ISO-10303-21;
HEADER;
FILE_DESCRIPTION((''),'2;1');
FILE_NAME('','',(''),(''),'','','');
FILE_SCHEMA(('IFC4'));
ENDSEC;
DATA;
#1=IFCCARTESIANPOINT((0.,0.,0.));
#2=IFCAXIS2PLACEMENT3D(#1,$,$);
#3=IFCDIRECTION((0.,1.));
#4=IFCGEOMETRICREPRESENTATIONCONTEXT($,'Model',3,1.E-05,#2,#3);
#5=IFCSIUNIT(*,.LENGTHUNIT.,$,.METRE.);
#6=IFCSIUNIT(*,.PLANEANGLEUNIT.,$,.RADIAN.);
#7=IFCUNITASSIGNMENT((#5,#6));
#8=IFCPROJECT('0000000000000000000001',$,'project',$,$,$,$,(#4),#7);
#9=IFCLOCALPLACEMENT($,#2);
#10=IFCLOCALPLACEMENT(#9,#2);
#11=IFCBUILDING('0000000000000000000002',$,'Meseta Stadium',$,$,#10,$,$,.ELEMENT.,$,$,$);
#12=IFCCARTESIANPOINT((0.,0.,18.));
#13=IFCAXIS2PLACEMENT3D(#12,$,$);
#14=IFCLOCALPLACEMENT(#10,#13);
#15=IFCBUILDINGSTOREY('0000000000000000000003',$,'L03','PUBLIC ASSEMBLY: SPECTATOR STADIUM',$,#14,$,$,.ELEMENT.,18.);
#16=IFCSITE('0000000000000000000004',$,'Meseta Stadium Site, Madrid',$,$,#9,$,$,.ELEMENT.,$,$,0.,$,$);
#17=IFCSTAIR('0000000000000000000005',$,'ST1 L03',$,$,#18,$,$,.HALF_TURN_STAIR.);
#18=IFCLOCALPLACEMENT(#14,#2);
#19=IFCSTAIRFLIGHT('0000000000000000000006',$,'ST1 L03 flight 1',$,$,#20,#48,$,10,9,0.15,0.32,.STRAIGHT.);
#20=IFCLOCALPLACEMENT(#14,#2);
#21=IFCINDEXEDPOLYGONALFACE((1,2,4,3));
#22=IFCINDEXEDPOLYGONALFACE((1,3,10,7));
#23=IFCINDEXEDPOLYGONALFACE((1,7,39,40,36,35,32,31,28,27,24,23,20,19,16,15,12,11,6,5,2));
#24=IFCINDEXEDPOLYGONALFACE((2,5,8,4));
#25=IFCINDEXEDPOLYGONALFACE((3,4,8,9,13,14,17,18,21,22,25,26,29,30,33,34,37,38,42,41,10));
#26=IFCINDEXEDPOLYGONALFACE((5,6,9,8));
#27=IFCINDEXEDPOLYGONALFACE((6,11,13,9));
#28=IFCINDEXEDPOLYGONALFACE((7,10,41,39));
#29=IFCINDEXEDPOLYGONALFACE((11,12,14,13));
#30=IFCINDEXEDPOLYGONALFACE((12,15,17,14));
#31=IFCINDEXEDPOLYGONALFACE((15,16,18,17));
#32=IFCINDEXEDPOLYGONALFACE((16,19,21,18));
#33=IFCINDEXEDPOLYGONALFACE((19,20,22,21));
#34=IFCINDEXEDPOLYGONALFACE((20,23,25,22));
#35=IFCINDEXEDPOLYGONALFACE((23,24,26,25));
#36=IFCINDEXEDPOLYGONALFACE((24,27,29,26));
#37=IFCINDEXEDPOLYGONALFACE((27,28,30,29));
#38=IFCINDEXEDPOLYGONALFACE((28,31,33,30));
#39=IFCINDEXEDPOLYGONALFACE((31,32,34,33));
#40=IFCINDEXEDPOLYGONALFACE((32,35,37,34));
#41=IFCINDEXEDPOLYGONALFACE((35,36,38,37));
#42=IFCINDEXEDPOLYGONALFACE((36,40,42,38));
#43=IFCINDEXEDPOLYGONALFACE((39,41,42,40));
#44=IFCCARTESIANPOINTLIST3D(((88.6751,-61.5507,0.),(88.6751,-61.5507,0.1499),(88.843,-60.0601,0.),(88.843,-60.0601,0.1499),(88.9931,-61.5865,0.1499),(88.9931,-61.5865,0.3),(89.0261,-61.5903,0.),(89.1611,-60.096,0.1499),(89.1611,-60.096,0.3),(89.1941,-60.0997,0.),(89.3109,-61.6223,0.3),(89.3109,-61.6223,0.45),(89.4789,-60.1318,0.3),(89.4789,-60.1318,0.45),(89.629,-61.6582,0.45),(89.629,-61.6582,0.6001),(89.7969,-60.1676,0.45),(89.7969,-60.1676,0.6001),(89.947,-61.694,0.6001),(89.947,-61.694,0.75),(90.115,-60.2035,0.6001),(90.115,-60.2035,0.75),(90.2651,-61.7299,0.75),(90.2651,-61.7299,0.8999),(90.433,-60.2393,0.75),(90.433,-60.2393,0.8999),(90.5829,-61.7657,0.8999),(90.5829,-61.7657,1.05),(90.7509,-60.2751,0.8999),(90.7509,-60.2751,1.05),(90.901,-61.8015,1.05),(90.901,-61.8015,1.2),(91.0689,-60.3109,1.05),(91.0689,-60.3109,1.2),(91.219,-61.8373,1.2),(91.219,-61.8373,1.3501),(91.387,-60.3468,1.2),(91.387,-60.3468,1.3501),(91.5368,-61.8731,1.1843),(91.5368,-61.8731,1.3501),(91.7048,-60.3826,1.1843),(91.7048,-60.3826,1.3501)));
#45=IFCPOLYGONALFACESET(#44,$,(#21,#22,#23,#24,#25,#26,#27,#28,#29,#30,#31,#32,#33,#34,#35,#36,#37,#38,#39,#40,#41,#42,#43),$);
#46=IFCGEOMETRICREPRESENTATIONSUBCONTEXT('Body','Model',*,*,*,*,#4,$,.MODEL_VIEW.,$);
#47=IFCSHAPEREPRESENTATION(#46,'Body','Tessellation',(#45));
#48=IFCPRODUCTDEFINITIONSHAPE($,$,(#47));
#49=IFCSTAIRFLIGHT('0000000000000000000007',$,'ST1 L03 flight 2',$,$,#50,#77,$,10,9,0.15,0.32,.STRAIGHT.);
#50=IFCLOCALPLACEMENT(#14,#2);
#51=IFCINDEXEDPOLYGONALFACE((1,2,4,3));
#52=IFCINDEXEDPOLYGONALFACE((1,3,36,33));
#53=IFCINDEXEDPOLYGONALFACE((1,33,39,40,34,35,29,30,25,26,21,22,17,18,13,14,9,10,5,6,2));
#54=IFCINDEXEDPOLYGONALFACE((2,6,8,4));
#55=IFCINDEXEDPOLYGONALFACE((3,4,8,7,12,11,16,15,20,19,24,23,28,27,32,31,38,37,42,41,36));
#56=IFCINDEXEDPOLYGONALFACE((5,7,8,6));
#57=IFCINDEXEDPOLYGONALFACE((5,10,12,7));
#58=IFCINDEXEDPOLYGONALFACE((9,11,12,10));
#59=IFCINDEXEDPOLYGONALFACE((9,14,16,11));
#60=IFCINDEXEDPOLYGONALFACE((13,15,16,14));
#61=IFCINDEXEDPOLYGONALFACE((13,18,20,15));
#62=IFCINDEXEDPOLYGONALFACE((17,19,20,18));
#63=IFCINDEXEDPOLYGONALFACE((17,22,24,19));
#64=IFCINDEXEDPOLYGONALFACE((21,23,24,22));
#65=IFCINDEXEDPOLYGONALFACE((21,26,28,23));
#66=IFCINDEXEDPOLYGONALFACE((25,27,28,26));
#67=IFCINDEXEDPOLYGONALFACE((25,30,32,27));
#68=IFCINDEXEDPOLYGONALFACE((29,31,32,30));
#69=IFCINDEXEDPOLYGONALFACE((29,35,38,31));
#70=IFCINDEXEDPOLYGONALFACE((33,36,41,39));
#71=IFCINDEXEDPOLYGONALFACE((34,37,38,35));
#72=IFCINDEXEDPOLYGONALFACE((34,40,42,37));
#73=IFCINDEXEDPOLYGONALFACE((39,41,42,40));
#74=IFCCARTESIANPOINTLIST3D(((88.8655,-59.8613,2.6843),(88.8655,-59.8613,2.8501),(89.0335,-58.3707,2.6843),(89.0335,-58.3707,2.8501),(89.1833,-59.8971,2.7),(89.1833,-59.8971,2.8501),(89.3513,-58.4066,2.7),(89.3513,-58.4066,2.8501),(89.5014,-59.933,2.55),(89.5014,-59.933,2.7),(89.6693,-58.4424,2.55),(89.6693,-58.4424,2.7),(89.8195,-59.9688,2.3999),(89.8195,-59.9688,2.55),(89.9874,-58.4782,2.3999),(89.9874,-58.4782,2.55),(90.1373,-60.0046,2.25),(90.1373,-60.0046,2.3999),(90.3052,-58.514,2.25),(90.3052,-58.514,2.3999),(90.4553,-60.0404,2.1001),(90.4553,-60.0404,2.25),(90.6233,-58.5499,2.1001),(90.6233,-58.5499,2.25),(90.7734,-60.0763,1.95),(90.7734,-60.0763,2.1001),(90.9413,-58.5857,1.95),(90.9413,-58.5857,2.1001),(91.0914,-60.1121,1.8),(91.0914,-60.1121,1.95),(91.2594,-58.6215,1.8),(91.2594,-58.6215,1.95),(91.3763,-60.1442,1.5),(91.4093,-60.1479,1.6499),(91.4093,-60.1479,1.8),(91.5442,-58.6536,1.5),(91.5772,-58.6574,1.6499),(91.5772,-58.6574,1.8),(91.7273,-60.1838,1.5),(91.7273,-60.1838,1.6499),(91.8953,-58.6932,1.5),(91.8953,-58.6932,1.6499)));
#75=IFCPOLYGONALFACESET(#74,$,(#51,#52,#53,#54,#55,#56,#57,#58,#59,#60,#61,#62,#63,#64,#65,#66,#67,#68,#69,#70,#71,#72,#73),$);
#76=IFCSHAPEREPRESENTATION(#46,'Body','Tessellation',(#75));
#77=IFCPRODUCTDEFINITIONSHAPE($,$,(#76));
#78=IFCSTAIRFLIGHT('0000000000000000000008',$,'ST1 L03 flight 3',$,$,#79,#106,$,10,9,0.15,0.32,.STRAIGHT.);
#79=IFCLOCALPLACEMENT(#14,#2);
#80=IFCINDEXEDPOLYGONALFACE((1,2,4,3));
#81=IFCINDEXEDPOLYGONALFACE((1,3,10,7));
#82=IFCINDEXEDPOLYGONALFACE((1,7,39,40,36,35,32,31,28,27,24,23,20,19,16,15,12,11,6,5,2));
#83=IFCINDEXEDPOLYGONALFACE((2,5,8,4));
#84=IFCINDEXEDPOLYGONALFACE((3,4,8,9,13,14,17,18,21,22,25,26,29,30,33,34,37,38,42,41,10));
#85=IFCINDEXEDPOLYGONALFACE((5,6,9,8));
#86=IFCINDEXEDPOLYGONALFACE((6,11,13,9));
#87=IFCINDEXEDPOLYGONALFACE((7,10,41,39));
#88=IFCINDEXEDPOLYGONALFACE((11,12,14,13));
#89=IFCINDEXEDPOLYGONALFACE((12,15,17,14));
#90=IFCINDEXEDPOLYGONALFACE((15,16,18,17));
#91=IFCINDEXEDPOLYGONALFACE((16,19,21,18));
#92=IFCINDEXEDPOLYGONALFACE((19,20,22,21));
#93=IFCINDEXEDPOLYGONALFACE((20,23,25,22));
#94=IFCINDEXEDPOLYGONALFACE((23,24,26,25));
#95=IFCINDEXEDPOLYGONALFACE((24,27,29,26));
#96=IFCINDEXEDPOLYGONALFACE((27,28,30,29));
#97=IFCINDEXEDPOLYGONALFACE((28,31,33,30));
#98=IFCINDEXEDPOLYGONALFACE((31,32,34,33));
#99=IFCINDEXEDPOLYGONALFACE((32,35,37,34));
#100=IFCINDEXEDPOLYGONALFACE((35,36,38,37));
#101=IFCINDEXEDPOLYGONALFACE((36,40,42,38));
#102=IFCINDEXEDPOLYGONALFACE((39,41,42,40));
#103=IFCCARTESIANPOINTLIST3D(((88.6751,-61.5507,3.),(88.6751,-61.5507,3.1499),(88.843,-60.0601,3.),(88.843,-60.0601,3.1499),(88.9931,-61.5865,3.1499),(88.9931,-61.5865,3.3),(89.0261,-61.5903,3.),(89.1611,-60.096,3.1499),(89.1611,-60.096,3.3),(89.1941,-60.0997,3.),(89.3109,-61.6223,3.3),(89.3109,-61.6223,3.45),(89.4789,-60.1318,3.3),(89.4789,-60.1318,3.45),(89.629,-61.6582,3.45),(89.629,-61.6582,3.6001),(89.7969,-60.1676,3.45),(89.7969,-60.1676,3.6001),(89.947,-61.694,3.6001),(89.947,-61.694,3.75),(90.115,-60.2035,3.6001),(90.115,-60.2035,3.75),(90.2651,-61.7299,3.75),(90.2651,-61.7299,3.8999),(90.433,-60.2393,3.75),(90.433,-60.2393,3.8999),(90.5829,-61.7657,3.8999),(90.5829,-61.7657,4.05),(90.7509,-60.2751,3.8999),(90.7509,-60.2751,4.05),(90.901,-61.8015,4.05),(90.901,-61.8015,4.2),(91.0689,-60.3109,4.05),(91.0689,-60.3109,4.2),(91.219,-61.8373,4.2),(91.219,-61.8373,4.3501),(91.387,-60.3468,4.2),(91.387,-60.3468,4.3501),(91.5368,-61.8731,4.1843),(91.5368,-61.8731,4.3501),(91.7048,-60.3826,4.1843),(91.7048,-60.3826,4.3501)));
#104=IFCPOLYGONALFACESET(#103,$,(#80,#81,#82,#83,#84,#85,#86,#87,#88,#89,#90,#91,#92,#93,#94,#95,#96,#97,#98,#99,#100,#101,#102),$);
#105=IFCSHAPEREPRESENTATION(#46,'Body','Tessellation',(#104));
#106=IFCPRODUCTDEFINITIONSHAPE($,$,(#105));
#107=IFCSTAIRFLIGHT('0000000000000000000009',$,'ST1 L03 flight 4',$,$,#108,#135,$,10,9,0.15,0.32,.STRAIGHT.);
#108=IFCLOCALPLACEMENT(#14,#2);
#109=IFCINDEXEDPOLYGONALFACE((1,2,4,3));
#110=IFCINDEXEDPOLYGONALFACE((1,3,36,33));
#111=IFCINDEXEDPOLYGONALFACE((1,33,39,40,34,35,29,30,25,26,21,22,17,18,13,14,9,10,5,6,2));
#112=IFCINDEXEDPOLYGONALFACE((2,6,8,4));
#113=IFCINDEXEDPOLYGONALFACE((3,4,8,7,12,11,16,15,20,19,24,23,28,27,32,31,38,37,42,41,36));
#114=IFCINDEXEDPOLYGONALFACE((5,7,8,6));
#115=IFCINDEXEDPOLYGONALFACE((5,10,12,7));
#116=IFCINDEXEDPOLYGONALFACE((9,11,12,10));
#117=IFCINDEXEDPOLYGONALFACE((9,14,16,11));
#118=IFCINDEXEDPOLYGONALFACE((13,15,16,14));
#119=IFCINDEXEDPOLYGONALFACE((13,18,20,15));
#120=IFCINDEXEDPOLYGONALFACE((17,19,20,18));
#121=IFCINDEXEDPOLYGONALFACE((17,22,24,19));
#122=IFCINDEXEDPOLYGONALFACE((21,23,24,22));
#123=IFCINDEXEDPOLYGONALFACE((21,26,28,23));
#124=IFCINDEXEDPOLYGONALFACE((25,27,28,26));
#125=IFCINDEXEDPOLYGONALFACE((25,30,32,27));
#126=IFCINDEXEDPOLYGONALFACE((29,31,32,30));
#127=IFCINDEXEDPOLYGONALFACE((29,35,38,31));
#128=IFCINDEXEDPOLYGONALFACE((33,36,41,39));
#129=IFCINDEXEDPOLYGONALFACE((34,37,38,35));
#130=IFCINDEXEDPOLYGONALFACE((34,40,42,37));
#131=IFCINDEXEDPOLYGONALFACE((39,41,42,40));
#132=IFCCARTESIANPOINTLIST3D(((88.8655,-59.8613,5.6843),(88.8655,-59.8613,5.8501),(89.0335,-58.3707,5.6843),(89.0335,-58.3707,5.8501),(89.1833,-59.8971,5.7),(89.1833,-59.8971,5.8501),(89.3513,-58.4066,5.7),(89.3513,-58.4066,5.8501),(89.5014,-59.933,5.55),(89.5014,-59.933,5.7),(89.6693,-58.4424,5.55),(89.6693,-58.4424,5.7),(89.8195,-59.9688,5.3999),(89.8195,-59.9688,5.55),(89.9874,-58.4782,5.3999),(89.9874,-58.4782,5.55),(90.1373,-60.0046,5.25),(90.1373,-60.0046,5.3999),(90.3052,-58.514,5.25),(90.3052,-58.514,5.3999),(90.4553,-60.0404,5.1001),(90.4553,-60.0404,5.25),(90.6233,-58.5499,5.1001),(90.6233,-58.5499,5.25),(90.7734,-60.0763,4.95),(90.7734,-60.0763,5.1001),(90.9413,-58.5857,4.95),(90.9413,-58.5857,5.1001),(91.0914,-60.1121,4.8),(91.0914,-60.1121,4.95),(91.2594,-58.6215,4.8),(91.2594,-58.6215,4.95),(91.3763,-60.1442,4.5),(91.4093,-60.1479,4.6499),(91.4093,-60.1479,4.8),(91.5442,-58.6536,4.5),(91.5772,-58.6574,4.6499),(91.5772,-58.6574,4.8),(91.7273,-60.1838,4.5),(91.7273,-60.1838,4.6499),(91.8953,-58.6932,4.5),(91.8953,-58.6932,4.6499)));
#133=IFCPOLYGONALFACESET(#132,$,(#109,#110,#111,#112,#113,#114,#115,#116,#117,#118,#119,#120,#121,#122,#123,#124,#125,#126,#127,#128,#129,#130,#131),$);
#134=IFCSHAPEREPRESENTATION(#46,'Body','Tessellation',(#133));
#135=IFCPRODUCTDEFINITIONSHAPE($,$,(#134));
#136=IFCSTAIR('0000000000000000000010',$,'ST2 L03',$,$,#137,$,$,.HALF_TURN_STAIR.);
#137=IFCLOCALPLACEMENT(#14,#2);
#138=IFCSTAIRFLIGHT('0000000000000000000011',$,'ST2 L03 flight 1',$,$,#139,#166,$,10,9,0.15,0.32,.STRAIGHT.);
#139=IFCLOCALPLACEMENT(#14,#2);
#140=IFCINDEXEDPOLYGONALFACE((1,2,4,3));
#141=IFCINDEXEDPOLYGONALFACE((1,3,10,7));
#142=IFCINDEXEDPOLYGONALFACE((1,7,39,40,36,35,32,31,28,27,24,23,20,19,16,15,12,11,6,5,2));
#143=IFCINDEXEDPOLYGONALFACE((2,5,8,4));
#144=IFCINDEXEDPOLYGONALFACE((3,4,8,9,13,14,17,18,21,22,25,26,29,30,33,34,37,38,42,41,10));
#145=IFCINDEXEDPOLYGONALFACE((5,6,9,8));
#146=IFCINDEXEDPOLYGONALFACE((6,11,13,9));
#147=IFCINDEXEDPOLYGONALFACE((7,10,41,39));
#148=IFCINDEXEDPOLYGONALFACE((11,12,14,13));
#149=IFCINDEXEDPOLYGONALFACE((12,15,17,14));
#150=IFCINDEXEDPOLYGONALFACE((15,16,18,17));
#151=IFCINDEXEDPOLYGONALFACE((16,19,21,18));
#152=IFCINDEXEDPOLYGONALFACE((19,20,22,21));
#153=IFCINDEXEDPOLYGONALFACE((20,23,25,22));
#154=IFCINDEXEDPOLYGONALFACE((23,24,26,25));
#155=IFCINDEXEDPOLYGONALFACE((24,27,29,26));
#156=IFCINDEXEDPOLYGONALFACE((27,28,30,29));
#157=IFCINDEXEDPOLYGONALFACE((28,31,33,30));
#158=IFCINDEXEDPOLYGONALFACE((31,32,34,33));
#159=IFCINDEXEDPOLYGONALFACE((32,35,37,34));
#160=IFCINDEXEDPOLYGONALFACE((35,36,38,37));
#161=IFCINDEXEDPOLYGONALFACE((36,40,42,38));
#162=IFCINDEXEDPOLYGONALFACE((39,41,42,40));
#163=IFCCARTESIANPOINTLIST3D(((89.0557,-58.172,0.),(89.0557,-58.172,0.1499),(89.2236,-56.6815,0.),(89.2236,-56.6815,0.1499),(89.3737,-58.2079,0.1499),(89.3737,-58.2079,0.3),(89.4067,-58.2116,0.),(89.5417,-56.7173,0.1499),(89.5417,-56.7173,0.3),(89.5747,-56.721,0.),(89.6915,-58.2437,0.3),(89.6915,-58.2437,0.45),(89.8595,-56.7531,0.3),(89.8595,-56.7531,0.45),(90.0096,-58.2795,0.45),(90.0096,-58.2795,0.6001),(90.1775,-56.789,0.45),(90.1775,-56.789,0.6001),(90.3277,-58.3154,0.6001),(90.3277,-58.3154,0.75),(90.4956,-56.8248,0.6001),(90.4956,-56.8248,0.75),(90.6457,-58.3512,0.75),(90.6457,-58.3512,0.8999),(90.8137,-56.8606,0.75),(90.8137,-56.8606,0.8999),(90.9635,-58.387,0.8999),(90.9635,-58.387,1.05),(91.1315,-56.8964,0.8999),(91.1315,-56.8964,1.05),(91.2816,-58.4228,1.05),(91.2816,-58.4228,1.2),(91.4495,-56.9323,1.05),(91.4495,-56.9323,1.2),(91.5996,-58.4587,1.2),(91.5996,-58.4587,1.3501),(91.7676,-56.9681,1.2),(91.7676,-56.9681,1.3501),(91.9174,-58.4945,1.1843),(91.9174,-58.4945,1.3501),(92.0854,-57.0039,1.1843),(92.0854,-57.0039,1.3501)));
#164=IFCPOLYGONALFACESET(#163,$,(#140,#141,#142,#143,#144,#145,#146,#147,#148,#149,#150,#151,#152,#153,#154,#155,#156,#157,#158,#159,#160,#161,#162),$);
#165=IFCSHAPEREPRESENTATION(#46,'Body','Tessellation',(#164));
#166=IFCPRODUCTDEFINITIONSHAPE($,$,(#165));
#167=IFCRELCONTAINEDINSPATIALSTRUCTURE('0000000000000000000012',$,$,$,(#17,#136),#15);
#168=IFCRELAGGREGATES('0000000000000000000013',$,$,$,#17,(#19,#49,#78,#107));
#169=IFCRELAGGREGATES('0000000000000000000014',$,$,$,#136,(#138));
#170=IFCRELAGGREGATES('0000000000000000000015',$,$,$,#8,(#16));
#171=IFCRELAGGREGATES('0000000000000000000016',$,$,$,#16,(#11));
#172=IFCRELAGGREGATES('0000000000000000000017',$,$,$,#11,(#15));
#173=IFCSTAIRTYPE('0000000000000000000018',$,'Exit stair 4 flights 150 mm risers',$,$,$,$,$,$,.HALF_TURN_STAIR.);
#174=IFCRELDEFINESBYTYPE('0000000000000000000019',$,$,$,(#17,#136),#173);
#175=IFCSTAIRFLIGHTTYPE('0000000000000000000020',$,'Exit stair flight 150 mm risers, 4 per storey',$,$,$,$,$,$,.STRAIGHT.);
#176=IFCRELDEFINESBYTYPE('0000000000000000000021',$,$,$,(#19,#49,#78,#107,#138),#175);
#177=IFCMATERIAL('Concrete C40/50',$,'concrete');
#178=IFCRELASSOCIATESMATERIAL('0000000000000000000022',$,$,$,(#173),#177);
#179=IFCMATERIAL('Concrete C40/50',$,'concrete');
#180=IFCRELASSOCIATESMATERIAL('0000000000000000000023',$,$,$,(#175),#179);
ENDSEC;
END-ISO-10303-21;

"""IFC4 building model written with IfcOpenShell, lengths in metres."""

from ifc_helpers import new_model, si_unit, direction, frame, origin, place, context, subcontext, project, spatial, polyline, outline, extrude, material, type_object, element, aggregate, save


model = new_model("IFC4")

# Units and contexts
model_context = context("Model", 3, precision=1e-05, world=origin(), true_north=direction((0.0, 1.0)))
body_context = subcontext(model_context, "Body", "Model", "MODEL_VIEW")
ifc_project = project(units=[si_unit("LENGTHUNIT", "METRE"), si_unit("PLANEANGLEUNIT", "RADIAN")], contexts=[model_context])

# Site, building, storey
site_placement = place(None, origin())
site = spatial("IfcSite", under=ifc_project, at=site_placement, Name="Meseta Stadium Site, Madrid", CompositionType="ELEMENT", RefElevation=0.0)
building_placement = place(site_placement, origin())
building = spatial("IfcBuilding", under=site, at=building_placement, Name="Meseta Stadium", CompositionType="ELEMENT")
storey_placement = place(building_placement, frame((0.0, 0.0, 18.0)))
storey = spatial("IfcBuildingStorey", under=building, at=storey_placement, Name="L03", Description="PUBLIC ASSEMBLY: SPECTATOR STADIUM", CompositionType="ELEMENT", Elevation=18.0)

# Stair, stair flights
ifc_material_1 = material(Name="Concrete C40/50", Category="concrete")
stair_type = type_object("IfcStairType", Name="Exit stair 4 flights 150 mm risers", PredefinedType="HALF_TURN_STAIR", material=ifc_material_1)
stair_1_placement = place(storey_placement, origin())
stair_1 = element("IfcStair", 1, at=stair_1_placement, inside=storey, type_object=stair_type, Name="ST1 L03", PredefinedType="HALF_TURN_STAIR")
ifc_material_2 = material(Name="Concrete C40/50", Category="concrete")
stair_flight_type = type_object("IfcStairFlightType", Name="Exit stair flight 150 mm risers, 4 per storey", PredefinedType="STRAIGHT", material=ifc_material_2)
stair_flight_1_placement = place(storey_placement, frame((88.759, -60.8054, 0.0), z_axis=(0.0, 0.0, 1.0), x_axis=(0.993712, -0.111964, 0.0)))
stair_flight_1 = element("IfcStairFlight", 2, at=stair_flight_1_placement, type_object=stair_flight_type, Name="ST1 L03 flight 1", NumberOfRisers=10, NumberOfTreads=9, PredefinedType="STRAIGHT", RiserHeight=0.15, TreadLength=0.32, context=body_context, shape_type="SweptSolid", body=[
    extrude(outline(polyline([(0.0, 0.0), (0.0, 0.1499), (0.3201, 0.1499), (0.3201, 0.3), (0.6399, 0.3), (0.6399, 0.45), (0.96, 0.45), (0.96, 0.6001), (1.28, 0.6001), (1.28, 0.75), (1.6001, 0.75), (1.6001, 0.8999), (1.9199, 0.8999), (1.9199, 1.05), (2.24, 1.05), (2.24, 1.2), (2.5601, 1.2), (2.5601, 1.3501), (2.8799, 1.3501), (2.8799, 1.1843), (0.3533, 0.0), (0.0, 0.0)])), frame((0.0, 0.75, 0.0), z_axis=(0.0, -1.0, 0.0), x_axis=(1.0, 0.0, 0.0)), (0.0, 0.0, 1.0), 1.5),
])
stair_flight_2_placement = place(storey_placement, frame((91.8113, -59.4385, 1.5), z_axis=(0.0, 0.0, 1.0), x_axis=(-0.993712, 0.111964, 0.0)))
stair_flight_2 = element("IfcStairFlight", 3, at=stair_flight_2_placement, type_object=stair_flight_type, Name="ST1 L03 flight 2", NumberOfRisers=10, NumberOfTreads=9, PredefinedType="STRAIGHT", RiserHeight=0.15, TreadLength=0.32, context=body_context, shape_type="SweptSolid", body=[
    extrude(outline(polyline([(0.0, 0.0), (0.0, 0.1499), (0.3201, 0.1499), (0.3201, 0.3), (0.6399, 0.3), (0.6399, 0.45), (0.96, 0.45), (0.96, 0.6001), (1.28, 0.6001), (1.28, 0.75), (1.6001, 0.75), (1.6001, 0.8999), (1.9199, 0.8999), (1.9199, 1.05), (2.24, 1.05), (2.24, 1.2), (2.5601, 1.2), (2.5601, 1.3501), (2.8799, 1.3501), (2.8799, 1.1843), (0.3533, 0.0), (0.0, 0.0)])), frame((0.0, 0.75, 0.0), z_axis=(0.0, -1.0, 0.0), x_axis=(1.0, 0.0, 0.0)), (0.0, 0.0, 1.0), 1.5),
])
stair_flight_3_placement = place(storey_placement, frame((88.759, -60.8054, 3.0), z_axis=(0.0, 0.0, 1.0), x_axis=(0.993712, -0.111964, 0.0)))
stair_flight_3 = element("IfcStairFlight", 4, at=stair_flight_3_placement, type_object=stair_flight_type, Name="ST1 L03 flight 3", NumberOfRisers=10, NumberOfTreads=9, PredefinedType="STRAIGHT", RiserHeight=0.15, TreadLength=0.32, context=body_context, shape_type="SweptSolid", body=[
    extrude(outline(polyline([(0.0, 0.0), (0.0, 0.1499), (0.3201, 0.1499), (0.3201, 0.3), (0.6399, 0.3), (0.6399, 0.45), (0.96, 0.45), (0.96, 0.6001), (1.28, 0.6001), (1.28, 0.75), (1.6001, 0.75), (1.6001, 0.8999), (1.9199, 0.8999), (1.9199, 1.05), (2.24, 1.05), (2.24, 1.2), (2.5601, 1.2), (2.5601, 1.3501), (2.8799, 1.3501), (2.8799, 1.1843), (0.3533, 0.0), (0.0, 0.0)])), frame((0.0, 0.75, 0.0), z_axis=(0.0, -1.0, 0.0), x_axis=(1.0, 0.0, 0.0)), (0.0, 0.0, 1.0), 1.5),
])
stair_flight_4_placement = place(storey_placement, frame((91.8113, -59.4385, 4.5), z_axis=(0.0, 0.0, 1.0), x_axis=(-0.993712, 0.111964, 0.0)))
stair_flight_4 = element("IfcStairFlight", 5, at=stair_flight_4_placement, type_object=stair_flight_type, Name="ST1 L03 flight 4", NumberOfRisers=10, NumberOfTreads=9, PredefinedType="STRAIGHT", RiserHeight=0.15, TreadLength=0.32, context=body_context, shape_type="SweptSolid", body=[
    extrude(outline(polyline([(0.0, 0.0), (0.0, 0.1499), (0.3201, 0.1499), (0.3201, 0.3), (0.6399, 0.3), (0.6399, 0.45), (0.96, 0.45), (0.96, 0.6001), (1.28, 0.6001), (1.28, 0.75), (1.6001, 0.75), (1.6001, 0.8999), (1.9199, 0.8999), (1.9199, 1.05), (2.24, 1.05), (2.24, 1.2), (2.5601, 1.2), (2.5601, 1.3501), (2.8799, 1.3501), (2.8799, 1.1843), (0.3533, 0.0), (0.0, 0.0)])), frame((0.0, 0.75, 0.0), z_axis=(0.0, -1.0, 0.0), x_axis=(1.0, 0.0, 0.0)), (0.0, 0.0, 1.0), 1.5),
])
aggregate(stair_1, [stair_flight_1, stair_flight_2, stair_flight_3, stair_flight_4])

# Stair, stair flight
stair_2_placement = place(storey_placement, origin())
stair_2 = element("IfcStair", 6, at=stair_2_placement, inside=storey, type_object=stair_type, Name="ST2 L03", PredefinedType="HALF_TURN_STAIR")
stair_flight_5_placement = place(storey_placement, frame((89.1396, -57.4268, 0.0), z_axis=(0.0, 0.0, 1.0), x_axis=(0.993712, -0.111964, 0.0)))
stair_flight_5 = element("IfcStairFlight", 7, at=stair_flight_5_placement, type_object=stair_flight_type, Name="ST2 L03 flight 1", NumberOfRisers=10, NumberOfTreads=9, PredefinedType="STRAIGHT", RiserHeight=0.15, TreadLength=0.32, context=body_context, shape_type="SweptSolid", body=[
    extrude(outline(polyline([(0.0, 0.0), (0.0, 0.1499), (0.3201, 0.1499), (0.3201, 0.3), (0.6399, 0.3), (0.6399, 0.45), (0.96, 0.45), (0.96, 0.6001), (1.28, 0.6001), (1.28, 0.75), (1.6001, 0.75), (1.6001, 0.8999), (1.9199, 0.8999), (1.9199, 1.05), (2.24, 1.05), (2.24, 1.2), (2.5601, 1.2), (2.5601, 1.3501), (2.8799, 1.3501), (2.8799, 1.1843), (0.3533, 0.0), (0.0, 0.0)])), frame((0.0, 0.75, 0.0), z_axis=(0.0, -1.0, 0.0), x_axis=(1.0, 0.0, 0.0)), (0.0, 0.0, 1.0), 1.5),
])
aggregate(stair_2, [stair_flight_5])

save(model, "model.ifc")
